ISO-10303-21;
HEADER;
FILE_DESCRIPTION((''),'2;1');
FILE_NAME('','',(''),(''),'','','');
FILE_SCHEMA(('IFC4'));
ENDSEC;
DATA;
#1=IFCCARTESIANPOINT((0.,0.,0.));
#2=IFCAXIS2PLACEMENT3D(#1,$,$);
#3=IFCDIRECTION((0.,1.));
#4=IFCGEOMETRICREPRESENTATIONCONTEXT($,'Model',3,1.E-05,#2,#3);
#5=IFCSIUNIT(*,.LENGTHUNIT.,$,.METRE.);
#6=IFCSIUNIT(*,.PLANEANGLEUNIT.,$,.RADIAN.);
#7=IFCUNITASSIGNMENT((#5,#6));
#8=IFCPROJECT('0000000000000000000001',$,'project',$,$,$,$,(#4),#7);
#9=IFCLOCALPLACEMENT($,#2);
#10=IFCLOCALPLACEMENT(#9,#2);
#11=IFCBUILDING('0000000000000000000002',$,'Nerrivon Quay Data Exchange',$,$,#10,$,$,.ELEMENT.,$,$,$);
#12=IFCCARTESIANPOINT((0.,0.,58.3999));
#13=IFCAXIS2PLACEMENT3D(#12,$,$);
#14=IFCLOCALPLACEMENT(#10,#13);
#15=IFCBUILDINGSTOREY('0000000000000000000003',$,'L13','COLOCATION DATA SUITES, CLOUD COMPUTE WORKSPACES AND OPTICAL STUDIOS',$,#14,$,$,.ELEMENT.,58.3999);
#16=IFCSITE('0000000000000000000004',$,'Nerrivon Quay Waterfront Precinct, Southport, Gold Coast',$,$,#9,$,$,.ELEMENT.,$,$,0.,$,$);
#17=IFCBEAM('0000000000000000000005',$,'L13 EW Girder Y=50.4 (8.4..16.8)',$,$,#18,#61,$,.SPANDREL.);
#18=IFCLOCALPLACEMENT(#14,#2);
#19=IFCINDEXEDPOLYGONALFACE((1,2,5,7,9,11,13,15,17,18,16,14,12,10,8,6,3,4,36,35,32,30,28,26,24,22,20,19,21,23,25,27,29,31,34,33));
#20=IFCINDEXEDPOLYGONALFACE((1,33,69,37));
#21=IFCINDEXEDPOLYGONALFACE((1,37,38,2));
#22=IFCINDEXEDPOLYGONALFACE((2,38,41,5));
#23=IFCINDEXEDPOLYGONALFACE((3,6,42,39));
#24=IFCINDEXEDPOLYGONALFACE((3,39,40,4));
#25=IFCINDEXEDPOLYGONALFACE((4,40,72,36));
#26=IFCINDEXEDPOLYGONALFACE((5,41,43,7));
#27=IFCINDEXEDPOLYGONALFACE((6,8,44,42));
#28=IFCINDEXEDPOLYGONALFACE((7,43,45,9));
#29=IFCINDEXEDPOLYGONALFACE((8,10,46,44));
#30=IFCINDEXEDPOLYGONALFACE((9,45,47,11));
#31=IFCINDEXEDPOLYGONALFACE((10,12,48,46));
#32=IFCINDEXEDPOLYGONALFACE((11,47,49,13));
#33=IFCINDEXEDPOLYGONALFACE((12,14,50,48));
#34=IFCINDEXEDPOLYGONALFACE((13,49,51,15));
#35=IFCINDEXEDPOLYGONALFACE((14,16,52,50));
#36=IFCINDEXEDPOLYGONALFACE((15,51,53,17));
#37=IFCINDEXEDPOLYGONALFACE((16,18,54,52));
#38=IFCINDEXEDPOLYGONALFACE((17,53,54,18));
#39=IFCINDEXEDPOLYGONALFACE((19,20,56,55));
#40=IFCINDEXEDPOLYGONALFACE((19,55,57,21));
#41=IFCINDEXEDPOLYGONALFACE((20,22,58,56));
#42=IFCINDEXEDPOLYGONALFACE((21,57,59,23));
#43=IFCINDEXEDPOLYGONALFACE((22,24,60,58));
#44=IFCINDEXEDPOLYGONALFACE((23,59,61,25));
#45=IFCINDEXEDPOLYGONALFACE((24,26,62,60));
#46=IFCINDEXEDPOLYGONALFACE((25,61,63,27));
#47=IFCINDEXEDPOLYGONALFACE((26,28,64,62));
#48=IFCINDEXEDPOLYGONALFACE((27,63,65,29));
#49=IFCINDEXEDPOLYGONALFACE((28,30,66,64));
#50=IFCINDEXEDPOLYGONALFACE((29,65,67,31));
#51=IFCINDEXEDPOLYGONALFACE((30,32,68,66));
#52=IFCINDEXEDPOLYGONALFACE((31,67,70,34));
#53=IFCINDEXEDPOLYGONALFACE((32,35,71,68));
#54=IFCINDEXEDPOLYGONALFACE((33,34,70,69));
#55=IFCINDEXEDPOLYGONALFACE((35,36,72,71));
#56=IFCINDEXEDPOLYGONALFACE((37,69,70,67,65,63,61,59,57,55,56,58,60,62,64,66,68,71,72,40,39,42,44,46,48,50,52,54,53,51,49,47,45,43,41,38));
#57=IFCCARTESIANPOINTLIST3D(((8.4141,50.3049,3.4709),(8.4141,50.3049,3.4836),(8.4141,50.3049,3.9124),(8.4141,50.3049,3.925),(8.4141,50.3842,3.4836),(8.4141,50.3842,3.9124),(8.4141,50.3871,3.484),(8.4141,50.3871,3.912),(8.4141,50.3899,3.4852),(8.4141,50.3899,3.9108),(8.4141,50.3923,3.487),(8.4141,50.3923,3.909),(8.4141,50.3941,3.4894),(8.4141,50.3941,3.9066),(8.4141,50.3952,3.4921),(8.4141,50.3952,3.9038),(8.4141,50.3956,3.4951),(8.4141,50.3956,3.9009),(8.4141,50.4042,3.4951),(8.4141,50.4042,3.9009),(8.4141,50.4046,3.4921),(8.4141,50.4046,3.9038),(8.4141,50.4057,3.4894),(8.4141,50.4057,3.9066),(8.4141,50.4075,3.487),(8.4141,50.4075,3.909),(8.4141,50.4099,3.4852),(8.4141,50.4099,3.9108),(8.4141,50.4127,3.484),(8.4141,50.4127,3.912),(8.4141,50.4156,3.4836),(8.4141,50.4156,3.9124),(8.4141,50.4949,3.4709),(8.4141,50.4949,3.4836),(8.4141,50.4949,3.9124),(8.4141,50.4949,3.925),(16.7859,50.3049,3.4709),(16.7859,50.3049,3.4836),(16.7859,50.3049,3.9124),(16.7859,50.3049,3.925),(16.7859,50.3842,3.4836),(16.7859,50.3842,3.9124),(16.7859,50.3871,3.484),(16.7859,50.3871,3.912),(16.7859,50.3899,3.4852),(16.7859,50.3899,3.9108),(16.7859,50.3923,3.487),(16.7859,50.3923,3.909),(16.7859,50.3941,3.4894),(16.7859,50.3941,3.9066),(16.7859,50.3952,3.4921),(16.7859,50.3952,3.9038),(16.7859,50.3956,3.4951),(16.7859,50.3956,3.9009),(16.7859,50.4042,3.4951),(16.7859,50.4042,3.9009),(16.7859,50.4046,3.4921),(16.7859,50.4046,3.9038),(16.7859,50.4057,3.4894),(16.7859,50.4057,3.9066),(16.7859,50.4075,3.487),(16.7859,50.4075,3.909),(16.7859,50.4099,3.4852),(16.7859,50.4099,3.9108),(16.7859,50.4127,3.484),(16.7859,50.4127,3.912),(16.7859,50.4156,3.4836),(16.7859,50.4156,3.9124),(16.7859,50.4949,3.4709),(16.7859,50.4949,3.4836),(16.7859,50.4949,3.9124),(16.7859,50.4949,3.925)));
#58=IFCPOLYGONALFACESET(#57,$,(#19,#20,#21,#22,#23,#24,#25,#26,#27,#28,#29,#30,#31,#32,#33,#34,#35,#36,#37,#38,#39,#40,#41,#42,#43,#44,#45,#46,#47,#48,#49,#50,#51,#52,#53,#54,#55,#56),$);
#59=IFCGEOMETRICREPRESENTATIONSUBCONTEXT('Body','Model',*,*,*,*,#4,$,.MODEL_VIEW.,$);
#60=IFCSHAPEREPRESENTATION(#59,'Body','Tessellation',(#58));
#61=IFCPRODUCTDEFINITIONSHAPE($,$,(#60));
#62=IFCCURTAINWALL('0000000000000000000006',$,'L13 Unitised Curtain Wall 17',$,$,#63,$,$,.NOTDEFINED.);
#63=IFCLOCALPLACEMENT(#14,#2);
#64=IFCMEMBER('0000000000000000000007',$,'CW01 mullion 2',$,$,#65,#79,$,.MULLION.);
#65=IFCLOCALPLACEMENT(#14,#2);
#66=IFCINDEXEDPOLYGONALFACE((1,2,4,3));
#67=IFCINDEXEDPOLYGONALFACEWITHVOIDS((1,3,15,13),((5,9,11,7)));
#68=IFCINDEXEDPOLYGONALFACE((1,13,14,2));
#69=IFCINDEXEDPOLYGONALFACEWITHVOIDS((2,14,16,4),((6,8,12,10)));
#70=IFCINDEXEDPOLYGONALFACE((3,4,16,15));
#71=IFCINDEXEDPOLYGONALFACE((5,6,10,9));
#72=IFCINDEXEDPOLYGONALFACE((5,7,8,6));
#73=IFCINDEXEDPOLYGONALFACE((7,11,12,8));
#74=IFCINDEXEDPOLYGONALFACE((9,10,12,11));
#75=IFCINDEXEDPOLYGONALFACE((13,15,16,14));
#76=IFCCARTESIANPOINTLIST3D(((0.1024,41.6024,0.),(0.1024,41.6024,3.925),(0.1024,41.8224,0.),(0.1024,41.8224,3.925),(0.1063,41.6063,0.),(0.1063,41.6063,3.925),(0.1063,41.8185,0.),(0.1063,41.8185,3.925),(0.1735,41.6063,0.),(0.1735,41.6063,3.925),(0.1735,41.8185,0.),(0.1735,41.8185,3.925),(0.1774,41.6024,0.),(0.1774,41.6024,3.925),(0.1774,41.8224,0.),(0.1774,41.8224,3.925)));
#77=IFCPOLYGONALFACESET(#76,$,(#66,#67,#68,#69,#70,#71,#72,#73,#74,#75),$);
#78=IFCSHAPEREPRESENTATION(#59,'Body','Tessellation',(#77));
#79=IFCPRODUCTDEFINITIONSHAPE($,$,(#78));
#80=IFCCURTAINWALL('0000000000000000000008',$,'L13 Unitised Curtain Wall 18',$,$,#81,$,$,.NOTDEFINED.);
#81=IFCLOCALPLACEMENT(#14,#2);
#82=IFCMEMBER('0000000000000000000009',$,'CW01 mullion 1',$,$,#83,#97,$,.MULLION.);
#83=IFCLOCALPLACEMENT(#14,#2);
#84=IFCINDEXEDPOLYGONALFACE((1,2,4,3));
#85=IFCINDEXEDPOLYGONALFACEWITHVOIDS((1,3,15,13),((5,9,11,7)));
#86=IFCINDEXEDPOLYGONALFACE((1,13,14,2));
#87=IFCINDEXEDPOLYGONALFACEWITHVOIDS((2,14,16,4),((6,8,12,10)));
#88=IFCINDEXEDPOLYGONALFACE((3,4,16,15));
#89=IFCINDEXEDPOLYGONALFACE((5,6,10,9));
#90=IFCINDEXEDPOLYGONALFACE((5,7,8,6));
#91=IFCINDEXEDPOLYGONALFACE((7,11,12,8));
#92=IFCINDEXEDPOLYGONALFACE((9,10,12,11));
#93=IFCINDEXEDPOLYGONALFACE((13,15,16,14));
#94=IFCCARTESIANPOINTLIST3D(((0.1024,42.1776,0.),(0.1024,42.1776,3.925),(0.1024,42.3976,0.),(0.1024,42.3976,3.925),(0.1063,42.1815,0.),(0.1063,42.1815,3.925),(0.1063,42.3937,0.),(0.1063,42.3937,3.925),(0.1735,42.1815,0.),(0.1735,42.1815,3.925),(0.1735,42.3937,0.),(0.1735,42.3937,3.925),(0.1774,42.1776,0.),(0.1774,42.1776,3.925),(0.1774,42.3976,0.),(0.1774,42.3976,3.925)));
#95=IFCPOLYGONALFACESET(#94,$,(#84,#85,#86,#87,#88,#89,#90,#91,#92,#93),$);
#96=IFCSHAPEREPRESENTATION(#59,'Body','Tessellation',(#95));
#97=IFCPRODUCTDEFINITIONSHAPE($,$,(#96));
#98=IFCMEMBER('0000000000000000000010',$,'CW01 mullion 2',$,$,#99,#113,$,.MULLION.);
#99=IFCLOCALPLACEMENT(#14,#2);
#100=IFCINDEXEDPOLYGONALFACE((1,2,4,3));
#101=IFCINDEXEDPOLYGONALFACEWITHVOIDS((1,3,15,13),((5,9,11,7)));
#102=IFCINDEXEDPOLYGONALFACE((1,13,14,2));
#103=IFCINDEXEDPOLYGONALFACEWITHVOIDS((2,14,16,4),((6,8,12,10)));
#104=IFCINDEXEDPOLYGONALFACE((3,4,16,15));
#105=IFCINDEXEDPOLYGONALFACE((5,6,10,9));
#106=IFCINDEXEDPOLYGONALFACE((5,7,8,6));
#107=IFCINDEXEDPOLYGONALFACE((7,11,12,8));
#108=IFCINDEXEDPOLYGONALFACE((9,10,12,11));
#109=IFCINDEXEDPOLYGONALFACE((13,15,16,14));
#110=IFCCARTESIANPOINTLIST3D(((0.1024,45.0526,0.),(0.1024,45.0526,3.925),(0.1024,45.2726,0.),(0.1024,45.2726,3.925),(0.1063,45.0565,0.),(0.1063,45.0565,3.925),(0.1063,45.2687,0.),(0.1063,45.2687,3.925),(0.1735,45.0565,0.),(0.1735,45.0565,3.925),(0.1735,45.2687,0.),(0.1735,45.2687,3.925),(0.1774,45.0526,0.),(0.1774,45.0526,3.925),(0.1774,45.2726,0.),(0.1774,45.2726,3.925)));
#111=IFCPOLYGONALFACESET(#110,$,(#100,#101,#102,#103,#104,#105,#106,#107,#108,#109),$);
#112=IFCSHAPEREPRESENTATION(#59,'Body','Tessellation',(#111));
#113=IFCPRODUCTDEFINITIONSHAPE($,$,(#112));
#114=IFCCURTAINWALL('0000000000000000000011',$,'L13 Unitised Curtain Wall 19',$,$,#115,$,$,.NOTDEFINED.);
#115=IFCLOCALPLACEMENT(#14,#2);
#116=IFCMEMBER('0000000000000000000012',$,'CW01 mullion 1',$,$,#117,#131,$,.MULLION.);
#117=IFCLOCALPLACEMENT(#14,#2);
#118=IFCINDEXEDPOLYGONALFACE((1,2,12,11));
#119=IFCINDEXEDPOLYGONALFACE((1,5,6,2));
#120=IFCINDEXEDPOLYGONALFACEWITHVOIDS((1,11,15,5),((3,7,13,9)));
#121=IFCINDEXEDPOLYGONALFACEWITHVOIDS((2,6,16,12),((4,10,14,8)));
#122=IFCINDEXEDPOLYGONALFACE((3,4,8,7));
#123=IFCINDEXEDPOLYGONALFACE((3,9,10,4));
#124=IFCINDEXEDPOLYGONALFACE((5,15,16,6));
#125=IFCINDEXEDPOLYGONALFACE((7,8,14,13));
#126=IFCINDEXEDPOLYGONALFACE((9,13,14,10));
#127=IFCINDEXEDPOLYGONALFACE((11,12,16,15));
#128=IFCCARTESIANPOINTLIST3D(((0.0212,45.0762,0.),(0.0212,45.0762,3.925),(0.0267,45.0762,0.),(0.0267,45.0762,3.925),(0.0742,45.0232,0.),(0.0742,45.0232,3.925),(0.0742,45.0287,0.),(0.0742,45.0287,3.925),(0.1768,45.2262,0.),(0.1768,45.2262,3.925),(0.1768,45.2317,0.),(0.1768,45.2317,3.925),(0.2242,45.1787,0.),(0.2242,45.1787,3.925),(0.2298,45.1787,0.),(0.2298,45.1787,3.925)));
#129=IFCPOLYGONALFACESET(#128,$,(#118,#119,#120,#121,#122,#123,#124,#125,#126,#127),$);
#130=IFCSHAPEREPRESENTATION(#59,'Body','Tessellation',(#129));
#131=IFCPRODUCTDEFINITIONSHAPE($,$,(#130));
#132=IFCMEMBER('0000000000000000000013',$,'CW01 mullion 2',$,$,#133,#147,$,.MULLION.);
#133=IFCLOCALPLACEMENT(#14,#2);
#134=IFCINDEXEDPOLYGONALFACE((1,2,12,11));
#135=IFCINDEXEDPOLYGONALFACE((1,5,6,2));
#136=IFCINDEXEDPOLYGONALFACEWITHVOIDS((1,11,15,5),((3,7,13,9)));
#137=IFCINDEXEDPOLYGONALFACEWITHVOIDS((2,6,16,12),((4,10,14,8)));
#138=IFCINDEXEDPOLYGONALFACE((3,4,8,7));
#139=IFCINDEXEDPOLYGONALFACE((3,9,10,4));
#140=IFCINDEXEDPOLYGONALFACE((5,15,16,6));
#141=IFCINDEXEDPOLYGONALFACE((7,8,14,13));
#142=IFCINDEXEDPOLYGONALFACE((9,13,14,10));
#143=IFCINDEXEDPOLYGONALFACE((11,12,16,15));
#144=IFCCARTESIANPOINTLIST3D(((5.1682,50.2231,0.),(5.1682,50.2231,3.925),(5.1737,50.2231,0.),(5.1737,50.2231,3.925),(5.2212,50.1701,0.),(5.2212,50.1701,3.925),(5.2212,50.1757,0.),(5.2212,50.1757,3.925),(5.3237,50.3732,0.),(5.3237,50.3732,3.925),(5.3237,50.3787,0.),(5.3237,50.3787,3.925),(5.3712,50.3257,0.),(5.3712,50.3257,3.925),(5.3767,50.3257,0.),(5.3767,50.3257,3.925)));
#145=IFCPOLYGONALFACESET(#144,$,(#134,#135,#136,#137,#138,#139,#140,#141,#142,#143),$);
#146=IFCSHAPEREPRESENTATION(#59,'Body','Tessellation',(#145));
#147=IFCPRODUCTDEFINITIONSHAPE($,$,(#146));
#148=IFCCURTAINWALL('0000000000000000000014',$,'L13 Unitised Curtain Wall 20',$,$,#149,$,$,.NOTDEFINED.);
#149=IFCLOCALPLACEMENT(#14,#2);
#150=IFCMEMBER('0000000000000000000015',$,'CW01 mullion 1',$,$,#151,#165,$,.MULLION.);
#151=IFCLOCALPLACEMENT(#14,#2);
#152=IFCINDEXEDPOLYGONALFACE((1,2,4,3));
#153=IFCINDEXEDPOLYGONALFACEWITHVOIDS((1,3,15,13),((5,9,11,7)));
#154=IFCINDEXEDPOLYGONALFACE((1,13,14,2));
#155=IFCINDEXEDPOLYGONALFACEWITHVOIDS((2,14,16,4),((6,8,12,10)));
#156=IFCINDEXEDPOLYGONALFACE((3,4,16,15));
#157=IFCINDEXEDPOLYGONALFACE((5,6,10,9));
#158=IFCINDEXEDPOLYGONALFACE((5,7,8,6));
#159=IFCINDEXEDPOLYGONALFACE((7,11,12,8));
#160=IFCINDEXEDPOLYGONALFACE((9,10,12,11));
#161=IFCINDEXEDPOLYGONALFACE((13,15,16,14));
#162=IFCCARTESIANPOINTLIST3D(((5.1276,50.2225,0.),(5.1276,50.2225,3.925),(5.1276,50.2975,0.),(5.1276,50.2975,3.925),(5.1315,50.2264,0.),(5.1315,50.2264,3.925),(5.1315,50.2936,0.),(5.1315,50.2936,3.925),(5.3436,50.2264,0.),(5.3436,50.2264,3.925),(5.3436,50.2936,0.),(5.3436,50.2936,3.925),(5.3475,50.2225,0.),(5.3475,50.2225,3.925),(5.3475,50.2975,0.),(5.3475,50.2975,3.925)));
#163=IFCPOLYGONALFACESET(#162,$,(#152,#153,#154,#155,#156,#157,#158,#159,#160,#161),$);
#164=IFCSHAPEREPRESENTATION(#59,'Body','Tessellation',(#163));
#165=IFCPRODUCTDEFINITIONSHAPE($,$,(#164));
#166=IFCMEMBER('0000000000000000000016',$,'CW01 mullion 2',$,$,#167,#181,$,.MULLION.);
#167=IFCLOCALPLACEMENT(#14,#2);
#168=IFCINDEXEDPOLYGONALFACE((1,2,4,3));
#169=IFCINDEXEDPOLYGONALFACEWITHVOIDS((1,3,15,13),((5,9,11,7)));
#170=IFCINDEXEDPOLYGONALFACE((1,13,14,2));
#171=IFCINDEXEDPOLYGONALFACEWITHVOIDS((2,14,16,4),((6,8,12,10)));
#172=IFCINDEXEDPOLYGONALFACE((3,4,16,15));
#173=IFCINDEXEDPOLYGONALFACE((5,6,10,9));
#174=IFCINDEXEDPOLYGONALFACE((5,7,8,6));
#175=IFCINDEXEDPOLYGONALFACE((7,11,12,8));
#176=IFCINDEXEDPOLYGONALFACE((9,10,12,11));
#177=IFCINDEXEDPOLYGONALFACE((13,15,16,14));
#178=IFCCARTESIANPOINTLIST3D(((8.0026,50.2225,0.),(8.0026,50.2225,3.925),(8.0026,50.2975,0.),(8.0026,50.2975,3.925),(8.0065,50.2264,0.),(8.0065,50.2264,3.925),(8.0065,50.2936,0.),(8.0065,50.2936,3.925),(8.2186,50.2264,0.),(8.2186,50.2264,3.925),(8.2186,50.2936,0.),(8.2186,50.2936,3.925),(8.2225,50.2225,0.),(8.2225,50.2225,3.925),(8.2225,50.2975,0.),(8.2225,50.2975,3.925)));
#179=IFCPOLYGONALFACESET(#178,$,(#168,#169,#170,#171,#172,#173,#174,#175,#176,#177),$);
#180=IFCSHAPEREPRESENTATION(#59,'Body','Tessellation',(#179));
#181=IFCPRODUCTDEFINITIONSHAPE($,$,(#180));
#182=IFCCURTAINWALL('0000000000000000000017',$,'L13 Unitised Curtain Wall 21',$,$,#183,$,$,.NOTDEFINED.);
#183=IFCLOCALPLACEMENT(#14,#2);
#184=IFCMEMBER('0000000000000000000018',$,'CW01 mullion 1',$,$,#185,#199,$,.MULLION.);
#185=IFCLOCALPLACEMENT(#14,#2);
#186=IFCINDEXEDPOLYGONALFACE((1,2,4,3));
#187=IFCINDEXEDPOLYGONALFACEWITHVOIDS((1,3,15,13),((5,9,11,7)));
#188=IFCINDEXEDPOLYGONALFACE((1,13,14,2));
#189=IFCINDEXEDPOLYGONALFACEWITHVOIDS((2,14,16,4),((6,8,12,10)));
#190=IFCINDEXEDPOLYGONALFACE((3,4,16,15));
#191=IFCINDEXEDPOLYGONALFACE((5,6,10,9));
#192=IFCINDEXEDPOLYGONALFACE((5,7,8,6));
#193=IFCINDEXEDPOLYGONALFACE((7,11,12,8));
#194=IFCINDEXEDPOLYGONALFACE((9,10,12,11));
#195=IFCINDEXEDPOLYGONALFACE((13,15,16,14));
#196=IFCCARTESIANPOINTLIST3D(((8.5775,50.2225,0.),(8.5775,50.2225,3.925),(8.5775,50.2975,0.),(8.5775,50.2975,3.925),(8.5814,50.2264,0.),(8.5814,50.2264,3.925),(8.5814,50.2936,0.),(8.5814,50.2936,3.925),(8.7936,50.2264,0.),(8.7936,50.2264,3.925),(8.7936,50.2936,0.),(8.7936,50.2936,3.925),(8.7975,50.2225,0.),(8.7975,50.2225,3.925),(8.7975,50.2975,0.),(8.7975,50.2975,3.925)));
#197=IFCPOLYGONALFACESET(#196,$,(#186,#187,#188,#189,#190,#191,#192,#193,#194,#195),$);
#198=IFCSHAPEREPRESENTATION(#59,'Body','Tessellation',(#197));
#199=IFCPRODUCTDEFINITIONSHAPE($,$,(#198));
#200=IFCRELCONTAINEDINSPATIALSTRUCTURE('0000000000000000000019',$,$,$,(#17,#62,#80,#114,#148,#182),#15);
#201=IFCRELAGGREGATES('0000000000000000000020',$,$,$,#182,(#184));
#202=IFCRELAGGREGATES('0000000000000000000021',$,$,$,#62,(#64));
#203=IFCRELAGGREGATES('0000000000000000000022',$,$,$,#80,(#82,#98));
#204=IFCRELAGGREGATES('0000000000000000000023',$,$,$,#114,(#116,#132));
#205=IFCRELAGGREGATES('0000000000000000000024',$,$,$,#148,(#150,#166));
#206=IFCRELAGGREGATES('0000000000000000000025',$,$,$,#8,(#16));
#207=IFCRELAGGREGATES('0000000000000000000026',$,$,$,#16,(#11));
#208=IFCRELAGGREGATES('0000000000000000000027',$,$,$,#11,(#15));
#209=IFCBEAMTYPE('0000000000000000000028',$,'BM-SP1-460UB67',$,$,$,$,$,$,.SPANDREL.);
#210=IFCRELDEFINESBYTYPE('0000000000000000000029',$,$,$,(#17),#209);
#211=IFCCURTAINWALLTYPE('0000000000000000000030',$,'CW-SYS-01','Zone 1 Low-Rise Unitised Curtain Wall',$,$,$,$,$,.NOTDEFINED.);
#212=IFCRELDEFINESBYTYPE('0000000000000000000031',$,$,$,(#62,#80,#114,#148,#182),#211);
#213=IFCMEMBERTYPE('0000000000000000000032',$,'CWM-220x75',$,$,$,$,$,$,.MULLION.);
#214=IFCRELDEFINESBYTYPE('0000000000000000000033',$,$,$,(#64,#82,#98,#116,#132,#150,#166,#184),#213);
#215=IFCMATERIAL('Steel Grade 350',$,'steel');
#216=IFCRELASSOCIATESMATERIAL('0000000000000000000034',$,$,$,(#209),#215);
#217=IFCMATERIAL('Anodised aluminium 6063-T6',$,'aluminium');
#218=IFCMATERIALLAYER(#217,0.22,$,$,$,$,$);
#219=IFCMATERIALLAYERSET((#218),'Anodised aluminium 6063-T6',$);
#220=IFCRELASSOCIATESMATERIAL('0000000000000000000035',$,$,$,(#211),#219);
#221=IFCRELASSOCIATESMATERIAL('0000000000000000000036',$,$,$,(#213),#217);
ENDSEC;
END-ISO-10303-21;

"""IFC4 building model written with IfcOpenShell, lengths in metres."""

from ifc_helpers import new_model, si_unit, direction, frame, origin, origin_2d, place, context, subcontext, project, spatial, hollow_rectangle, i_section, extrude, material, layer, layer_set, material_profile, profile_set, type_object, element, aggregate, save


model = new_model("IFC4")

# Units and contexts
model_context = context("Model", 3, precision=1e-05, world=origin(), true_north=direction((0.0, 1.0)))
body_context = subcontext(model_context, "Body", "Model", "MODEL_VIEW")
ifc_project = project(units=[si_unit("LENGTHUNIT", "METRE"), si_unit("PLANEANGLEUNIT", "RADIAN")], contexts=[model_context])

# Site, building, storey
site_placement = place(None, origin())
site = spatial("IfcSite", under=ifc_project, at=site_placement, Name="Nerrivon Quay Waterfront Precinct, Southport, Gold Coast", CompositionType="ELEMENT", RefElevation=0.0)
building_placement = place(site_placement, origin())
building = spatial("IfcBuilding", under=site, at=building_placement, Name="Nerrivon Quay Data Exchange", CompositionType="ELEMENT")
storey_placement = place(building_placement, frame((0.0, 0.0, 58.3999)))
storey = spatial("IfcBuildingStorey", under=building, at=storey_placement, Name="L13", Description="COLOCATION DATA SUITES, CLOUD COMPUTE WORKSPACES AND OPTICAL STUDIOS", CompositionType="ELEMENT", Elevation=58.3999)

# Shared definitions
ifc_material_1 = material(Name="Steel Grade 350", Category="steel")

# Beam
ifc_material_profile_1 = material_profile(ifc_material_1, i_section(OverallWidth=0.1899, OverallDepth=0.4541, WebThickness=0.0085, FlangeThickness=0.0127, FilletRadius=0.0115, at=origin_2d()), Name="460UB67.1")
ifc_profile_set_1 = profile_set([ifc_material_profile_1], Name="Steel Grade 350")
beam_type_1 = type_object("IfcBeamType", Name="BM-SP1-460UB67", PredefinedType="SPANDREL", material=ifc_profile_set_1)
beam_1_placement = place(storey_placement, frame((8.4141, 50.3999, 3.698), z_axis=(1.0, 0.0, 0.0), x_axis=(0.0, 1.0, 0.0)))
element("IfcBeam", 1, at=beam_1_placement, inside=storey, type_object=beam_type_1, Name="L13 EW Girder Y=50.4 (8.4..16.8)", PredefinedType="SPANDREL", context=body_context, shape_type="SweptSolid", body=[
    extrude(i_section(OverallWidth=0.1899, OverallDepth=0.4541, WebThickness=0.0085, FlangeThickness=0.0127, FilletRadius=0.0115, at=origin_2d()), origin(), (0.0, 0.0, 1.0), 8.3718),
])

# Curtain wall, member
ifc_material_2 = material(Name="Anodised aluminium 6063-T6", Category="aluminium")
ifc_layer_1 = layer(ifc_material_2, 0.22)
ifc_layer_set_1 = layer_set([ifc_layer_1], Name="Anodised aluminium 6063-T6")
curtain_wall_type = type_object("IfcCurtainWallType", Name="CW-SYS-01", Description="Zone 1 Low-Rise Unitised Curtain Wall", PredefinedType="NOTDEFINED", material=ifc_layer_set_1)
curtain_wall_1_placement = place(storey_placement, origin())
curtain_wall_1 = element("IfcCurtainWall", 2, at=curtain_wall_1_placement, inside=storey, type_object=curtain_wall_type, Name="L13 Unitised Curtain Wall 17", PredefinedType="NOTDEFINED")
ifc_material_profile_2 = material_profile(ifc_material_2, hollow_rectangle(XDim=0.075, YDim=0.22, WallThickness=0.0039, at=origin_2d()), Name="ALU-MULL-220x75")
ifc_profile_set_2 = profile_set([ifc_material_profile_2], Name="Anodised aluminium 6063-T6")
member_type_1 = type_object("IfcMemberType", Name="CWM-220x75", PredefinedType="MULLION", material=ifc_profile_set_2)
member_1_placement = place(storey_placement, frame((0.1399, 41.7124, 0.0), z_axis=(0.0, 0.0, 1.0), x_axis=(-1.0, 0.0, 0.0)))
member_1 = element("IfcMember", 3, at=member_1_placement, type_object=member_type_1, Name="CW01 mullion 2", PredefinedType="MULLION", context=body_context, shape_type="SweptSolid", body=[
    extrude(hollow_rectangle(XDim=0.075, YDim=0.22, WallThickness=0.0039, at=origin_2d()), origin(), (0.0, 0.0, 1.0), 3.925),
])

# Curtain walls, members
curtain_wall_2_placement = place(storey_placement, origin())
curtain_wall_2 = element("IfcCurtainWall", 4, at=curtain_wall_2_placement, inside=storey, type_object=curtain_wall_type, Name="L13 Unitised Curtain Wall 18", PredefinedType="NOTDEFINED")
member_2_placement = place(storey_placement, frame((0.1399, 42.2876, 0.0), z_axis=(0.0, 0.0, 1.0), x_axis=(-1.0, 0.0, 0.0)))
member_2 = element("IfcMember", 5, at=member_2_placement, type_object=member_type_1, Name="CW01 mullion 1", PredefinedType="MULLION", context=body_context, shape_type="SweptSolid", body=[
    extrude(hollow_rectangle(XDim=0.075, YDim=0.22, WallThickness=0.0039, at=origin_2d()), origin(), (0.0, 0.0, 1.0), 3.925),
])
member_3_placement = place(storey_placement, frame((0.1399, 45.1626, 0.0), z_axis=(0.0, 0.0, 1.0), x_axis=(-1.0, 0.0, 0.0)))
member_3 = element("IfcMember", 6, at=member_3_placement, type_object=member_type_1, Name="CW01 mullion 2", PredefinedType="MULLION", context=body_context, shape_type="SweptSolid", body=[
    extrude(hollow_rectangle(XDim=0.075, YDim=0.22, WallThickness=0.0039, at=origin_2d()), origin(), (0.0, 0.0, 1.0), 3.925),
])
curtain_wall_3_placement = place(storey_placement, origin())
curtain_wall_3 = element("IfcCurtainWall", 7, at=curtain_wall_3_placement, inside=storey, type_object=curtain_wall_type, Name="L13 Unitised Curtain Wall 19", PredefinedType="NOTDEFINED")
member_4_placement = place(storey_placement, frame((0.1255, 45.1274, 0.0), z_axis=(0.0, 0.0, 1.0), x_axis=(-0.707107, 0.707107, 0.0)))
member_4 = element("IfcMember", 8, at=member_4_placement, type_object=member_type_1, Name="CW01 mullion 1", PredefinedType="MULLION", context=body_context, shape_type="SweptSolid", body=[
    extrude(hollow_rectangle(XDim=0.075, YDim=0.22, WallThickness=0.0039, at=origin_2d()), origin(), (0.0, 0.0, 1.0), 3.925),
])
member_5_placement = place(storey_placement, frame((5.2725, 50.2744, 0.0), z_axis=(0.0, 0.0, 1.0), x_axis=(-0.707107, 0.707107, 0.0)))
member_5 = element("IfcMember", 9, at=member_5_placement, type_object=member_type_1, Name="CW01 mullion 2", PredefinedType="MULLION", context=body_context, shape_type="SweptSolid", body=[
    extrude(hollow_rectangle(XDim=0.075, YDim=0.22, WallThickness=0.0039, at=origin_2d()), origin(), (0.0, 0.0, 1.0), 3.925),
])
curtain_wall_4_placement = place(storey_placement, origin())
curtain_wall_4 = element("IfcCurtainWall", 10, at=curtain_wall_4_placement, inside=storey, type_object=curtain_wall_type, Name="L13 Unitised Curtain Wall 20", PredefinedType="NOTDEFINED")
member_6_placement = place(storey_placement, frame((5.2375, 50.26, 0.0), z_axis=(0.0, 0.0, 1.0), x_axis=(0.0, 1.0, 0.0)))
member_6 = element("IfcMember", 11, at=member_6_placement, type_object=member_type_1, Name="CW01 mullion 1", PredefinedType="MULLION", context=body_context, shape_type="SweptSolid", body=[
    extrude(hollow_rectangle(XDim=0.075, YDim=0.22, WallThickness=0.0039, at=origin_2d()), origin(), (0.0, 0.0, 1.0), 3.925),
])
member_7_placement = place(storey_placement, frame((8.1125, 50.26, 0.0), z_axis=(0.0, 0.0, 1.0), x_axis=(0.0, 1.0, 0.0)))
member_7 = element("IfcMember", 12, at=member_7_placement, type_object=member_type_1, Name="CW01 mullion 2", PredefinedType="MULLION", context=body_context, shape_type="SweptSolid", body=[
    extrude(hollow_rectangle(XDim=0.075, YDim=0.22, WallThickness=0.0039, at=origin_2d()), origin(), (0.0, 0.0, 1.0), 3.925),
])

# Curtain wall, member
curtain_wall_5_placement = place(storey_placement, origin())
curtain_wall_5 = element("IfcCurtainWall", 13, at=curtain_wall_5_placement, inside=storey, type_object=curtain_wall_type, Name="L13 Unitised Curtain Wall 21", PredefinedType="NOTDEFINED")
member_8_placement = place(storey_placement, frame((8.6875, 50.26, 0.0), z_axis=(0.0, 0.0, 1.0), x_axis=(0.0, 1.0, 0.0)))
member_8 = element("IfcMember", 14, at=member_8_placement, type_object=member_type_1, Name="CW01 mullion 1", PredefinedType="MULLION", context=body_context, shape_type="SweptSolid", body=[
    extrude(hollow_rectangle(XDim=0.075, YDim=0.22, WallThickness=0.0039, at=origin_2d()), origin(), (0.0, 0.0, 1.0), 3.925),
])
aggregate(curtain_wall_5, [member_8])

aggregate(curtain_wall_1, [member_1])
aggregate(curtain_wall_2, [member_2, member_3])
aggregate(curtain_wall_3, [member_4, member_5])
aggregate(curtain_wall_4, [member_6, member_7])

save(model, "model.ifc")
